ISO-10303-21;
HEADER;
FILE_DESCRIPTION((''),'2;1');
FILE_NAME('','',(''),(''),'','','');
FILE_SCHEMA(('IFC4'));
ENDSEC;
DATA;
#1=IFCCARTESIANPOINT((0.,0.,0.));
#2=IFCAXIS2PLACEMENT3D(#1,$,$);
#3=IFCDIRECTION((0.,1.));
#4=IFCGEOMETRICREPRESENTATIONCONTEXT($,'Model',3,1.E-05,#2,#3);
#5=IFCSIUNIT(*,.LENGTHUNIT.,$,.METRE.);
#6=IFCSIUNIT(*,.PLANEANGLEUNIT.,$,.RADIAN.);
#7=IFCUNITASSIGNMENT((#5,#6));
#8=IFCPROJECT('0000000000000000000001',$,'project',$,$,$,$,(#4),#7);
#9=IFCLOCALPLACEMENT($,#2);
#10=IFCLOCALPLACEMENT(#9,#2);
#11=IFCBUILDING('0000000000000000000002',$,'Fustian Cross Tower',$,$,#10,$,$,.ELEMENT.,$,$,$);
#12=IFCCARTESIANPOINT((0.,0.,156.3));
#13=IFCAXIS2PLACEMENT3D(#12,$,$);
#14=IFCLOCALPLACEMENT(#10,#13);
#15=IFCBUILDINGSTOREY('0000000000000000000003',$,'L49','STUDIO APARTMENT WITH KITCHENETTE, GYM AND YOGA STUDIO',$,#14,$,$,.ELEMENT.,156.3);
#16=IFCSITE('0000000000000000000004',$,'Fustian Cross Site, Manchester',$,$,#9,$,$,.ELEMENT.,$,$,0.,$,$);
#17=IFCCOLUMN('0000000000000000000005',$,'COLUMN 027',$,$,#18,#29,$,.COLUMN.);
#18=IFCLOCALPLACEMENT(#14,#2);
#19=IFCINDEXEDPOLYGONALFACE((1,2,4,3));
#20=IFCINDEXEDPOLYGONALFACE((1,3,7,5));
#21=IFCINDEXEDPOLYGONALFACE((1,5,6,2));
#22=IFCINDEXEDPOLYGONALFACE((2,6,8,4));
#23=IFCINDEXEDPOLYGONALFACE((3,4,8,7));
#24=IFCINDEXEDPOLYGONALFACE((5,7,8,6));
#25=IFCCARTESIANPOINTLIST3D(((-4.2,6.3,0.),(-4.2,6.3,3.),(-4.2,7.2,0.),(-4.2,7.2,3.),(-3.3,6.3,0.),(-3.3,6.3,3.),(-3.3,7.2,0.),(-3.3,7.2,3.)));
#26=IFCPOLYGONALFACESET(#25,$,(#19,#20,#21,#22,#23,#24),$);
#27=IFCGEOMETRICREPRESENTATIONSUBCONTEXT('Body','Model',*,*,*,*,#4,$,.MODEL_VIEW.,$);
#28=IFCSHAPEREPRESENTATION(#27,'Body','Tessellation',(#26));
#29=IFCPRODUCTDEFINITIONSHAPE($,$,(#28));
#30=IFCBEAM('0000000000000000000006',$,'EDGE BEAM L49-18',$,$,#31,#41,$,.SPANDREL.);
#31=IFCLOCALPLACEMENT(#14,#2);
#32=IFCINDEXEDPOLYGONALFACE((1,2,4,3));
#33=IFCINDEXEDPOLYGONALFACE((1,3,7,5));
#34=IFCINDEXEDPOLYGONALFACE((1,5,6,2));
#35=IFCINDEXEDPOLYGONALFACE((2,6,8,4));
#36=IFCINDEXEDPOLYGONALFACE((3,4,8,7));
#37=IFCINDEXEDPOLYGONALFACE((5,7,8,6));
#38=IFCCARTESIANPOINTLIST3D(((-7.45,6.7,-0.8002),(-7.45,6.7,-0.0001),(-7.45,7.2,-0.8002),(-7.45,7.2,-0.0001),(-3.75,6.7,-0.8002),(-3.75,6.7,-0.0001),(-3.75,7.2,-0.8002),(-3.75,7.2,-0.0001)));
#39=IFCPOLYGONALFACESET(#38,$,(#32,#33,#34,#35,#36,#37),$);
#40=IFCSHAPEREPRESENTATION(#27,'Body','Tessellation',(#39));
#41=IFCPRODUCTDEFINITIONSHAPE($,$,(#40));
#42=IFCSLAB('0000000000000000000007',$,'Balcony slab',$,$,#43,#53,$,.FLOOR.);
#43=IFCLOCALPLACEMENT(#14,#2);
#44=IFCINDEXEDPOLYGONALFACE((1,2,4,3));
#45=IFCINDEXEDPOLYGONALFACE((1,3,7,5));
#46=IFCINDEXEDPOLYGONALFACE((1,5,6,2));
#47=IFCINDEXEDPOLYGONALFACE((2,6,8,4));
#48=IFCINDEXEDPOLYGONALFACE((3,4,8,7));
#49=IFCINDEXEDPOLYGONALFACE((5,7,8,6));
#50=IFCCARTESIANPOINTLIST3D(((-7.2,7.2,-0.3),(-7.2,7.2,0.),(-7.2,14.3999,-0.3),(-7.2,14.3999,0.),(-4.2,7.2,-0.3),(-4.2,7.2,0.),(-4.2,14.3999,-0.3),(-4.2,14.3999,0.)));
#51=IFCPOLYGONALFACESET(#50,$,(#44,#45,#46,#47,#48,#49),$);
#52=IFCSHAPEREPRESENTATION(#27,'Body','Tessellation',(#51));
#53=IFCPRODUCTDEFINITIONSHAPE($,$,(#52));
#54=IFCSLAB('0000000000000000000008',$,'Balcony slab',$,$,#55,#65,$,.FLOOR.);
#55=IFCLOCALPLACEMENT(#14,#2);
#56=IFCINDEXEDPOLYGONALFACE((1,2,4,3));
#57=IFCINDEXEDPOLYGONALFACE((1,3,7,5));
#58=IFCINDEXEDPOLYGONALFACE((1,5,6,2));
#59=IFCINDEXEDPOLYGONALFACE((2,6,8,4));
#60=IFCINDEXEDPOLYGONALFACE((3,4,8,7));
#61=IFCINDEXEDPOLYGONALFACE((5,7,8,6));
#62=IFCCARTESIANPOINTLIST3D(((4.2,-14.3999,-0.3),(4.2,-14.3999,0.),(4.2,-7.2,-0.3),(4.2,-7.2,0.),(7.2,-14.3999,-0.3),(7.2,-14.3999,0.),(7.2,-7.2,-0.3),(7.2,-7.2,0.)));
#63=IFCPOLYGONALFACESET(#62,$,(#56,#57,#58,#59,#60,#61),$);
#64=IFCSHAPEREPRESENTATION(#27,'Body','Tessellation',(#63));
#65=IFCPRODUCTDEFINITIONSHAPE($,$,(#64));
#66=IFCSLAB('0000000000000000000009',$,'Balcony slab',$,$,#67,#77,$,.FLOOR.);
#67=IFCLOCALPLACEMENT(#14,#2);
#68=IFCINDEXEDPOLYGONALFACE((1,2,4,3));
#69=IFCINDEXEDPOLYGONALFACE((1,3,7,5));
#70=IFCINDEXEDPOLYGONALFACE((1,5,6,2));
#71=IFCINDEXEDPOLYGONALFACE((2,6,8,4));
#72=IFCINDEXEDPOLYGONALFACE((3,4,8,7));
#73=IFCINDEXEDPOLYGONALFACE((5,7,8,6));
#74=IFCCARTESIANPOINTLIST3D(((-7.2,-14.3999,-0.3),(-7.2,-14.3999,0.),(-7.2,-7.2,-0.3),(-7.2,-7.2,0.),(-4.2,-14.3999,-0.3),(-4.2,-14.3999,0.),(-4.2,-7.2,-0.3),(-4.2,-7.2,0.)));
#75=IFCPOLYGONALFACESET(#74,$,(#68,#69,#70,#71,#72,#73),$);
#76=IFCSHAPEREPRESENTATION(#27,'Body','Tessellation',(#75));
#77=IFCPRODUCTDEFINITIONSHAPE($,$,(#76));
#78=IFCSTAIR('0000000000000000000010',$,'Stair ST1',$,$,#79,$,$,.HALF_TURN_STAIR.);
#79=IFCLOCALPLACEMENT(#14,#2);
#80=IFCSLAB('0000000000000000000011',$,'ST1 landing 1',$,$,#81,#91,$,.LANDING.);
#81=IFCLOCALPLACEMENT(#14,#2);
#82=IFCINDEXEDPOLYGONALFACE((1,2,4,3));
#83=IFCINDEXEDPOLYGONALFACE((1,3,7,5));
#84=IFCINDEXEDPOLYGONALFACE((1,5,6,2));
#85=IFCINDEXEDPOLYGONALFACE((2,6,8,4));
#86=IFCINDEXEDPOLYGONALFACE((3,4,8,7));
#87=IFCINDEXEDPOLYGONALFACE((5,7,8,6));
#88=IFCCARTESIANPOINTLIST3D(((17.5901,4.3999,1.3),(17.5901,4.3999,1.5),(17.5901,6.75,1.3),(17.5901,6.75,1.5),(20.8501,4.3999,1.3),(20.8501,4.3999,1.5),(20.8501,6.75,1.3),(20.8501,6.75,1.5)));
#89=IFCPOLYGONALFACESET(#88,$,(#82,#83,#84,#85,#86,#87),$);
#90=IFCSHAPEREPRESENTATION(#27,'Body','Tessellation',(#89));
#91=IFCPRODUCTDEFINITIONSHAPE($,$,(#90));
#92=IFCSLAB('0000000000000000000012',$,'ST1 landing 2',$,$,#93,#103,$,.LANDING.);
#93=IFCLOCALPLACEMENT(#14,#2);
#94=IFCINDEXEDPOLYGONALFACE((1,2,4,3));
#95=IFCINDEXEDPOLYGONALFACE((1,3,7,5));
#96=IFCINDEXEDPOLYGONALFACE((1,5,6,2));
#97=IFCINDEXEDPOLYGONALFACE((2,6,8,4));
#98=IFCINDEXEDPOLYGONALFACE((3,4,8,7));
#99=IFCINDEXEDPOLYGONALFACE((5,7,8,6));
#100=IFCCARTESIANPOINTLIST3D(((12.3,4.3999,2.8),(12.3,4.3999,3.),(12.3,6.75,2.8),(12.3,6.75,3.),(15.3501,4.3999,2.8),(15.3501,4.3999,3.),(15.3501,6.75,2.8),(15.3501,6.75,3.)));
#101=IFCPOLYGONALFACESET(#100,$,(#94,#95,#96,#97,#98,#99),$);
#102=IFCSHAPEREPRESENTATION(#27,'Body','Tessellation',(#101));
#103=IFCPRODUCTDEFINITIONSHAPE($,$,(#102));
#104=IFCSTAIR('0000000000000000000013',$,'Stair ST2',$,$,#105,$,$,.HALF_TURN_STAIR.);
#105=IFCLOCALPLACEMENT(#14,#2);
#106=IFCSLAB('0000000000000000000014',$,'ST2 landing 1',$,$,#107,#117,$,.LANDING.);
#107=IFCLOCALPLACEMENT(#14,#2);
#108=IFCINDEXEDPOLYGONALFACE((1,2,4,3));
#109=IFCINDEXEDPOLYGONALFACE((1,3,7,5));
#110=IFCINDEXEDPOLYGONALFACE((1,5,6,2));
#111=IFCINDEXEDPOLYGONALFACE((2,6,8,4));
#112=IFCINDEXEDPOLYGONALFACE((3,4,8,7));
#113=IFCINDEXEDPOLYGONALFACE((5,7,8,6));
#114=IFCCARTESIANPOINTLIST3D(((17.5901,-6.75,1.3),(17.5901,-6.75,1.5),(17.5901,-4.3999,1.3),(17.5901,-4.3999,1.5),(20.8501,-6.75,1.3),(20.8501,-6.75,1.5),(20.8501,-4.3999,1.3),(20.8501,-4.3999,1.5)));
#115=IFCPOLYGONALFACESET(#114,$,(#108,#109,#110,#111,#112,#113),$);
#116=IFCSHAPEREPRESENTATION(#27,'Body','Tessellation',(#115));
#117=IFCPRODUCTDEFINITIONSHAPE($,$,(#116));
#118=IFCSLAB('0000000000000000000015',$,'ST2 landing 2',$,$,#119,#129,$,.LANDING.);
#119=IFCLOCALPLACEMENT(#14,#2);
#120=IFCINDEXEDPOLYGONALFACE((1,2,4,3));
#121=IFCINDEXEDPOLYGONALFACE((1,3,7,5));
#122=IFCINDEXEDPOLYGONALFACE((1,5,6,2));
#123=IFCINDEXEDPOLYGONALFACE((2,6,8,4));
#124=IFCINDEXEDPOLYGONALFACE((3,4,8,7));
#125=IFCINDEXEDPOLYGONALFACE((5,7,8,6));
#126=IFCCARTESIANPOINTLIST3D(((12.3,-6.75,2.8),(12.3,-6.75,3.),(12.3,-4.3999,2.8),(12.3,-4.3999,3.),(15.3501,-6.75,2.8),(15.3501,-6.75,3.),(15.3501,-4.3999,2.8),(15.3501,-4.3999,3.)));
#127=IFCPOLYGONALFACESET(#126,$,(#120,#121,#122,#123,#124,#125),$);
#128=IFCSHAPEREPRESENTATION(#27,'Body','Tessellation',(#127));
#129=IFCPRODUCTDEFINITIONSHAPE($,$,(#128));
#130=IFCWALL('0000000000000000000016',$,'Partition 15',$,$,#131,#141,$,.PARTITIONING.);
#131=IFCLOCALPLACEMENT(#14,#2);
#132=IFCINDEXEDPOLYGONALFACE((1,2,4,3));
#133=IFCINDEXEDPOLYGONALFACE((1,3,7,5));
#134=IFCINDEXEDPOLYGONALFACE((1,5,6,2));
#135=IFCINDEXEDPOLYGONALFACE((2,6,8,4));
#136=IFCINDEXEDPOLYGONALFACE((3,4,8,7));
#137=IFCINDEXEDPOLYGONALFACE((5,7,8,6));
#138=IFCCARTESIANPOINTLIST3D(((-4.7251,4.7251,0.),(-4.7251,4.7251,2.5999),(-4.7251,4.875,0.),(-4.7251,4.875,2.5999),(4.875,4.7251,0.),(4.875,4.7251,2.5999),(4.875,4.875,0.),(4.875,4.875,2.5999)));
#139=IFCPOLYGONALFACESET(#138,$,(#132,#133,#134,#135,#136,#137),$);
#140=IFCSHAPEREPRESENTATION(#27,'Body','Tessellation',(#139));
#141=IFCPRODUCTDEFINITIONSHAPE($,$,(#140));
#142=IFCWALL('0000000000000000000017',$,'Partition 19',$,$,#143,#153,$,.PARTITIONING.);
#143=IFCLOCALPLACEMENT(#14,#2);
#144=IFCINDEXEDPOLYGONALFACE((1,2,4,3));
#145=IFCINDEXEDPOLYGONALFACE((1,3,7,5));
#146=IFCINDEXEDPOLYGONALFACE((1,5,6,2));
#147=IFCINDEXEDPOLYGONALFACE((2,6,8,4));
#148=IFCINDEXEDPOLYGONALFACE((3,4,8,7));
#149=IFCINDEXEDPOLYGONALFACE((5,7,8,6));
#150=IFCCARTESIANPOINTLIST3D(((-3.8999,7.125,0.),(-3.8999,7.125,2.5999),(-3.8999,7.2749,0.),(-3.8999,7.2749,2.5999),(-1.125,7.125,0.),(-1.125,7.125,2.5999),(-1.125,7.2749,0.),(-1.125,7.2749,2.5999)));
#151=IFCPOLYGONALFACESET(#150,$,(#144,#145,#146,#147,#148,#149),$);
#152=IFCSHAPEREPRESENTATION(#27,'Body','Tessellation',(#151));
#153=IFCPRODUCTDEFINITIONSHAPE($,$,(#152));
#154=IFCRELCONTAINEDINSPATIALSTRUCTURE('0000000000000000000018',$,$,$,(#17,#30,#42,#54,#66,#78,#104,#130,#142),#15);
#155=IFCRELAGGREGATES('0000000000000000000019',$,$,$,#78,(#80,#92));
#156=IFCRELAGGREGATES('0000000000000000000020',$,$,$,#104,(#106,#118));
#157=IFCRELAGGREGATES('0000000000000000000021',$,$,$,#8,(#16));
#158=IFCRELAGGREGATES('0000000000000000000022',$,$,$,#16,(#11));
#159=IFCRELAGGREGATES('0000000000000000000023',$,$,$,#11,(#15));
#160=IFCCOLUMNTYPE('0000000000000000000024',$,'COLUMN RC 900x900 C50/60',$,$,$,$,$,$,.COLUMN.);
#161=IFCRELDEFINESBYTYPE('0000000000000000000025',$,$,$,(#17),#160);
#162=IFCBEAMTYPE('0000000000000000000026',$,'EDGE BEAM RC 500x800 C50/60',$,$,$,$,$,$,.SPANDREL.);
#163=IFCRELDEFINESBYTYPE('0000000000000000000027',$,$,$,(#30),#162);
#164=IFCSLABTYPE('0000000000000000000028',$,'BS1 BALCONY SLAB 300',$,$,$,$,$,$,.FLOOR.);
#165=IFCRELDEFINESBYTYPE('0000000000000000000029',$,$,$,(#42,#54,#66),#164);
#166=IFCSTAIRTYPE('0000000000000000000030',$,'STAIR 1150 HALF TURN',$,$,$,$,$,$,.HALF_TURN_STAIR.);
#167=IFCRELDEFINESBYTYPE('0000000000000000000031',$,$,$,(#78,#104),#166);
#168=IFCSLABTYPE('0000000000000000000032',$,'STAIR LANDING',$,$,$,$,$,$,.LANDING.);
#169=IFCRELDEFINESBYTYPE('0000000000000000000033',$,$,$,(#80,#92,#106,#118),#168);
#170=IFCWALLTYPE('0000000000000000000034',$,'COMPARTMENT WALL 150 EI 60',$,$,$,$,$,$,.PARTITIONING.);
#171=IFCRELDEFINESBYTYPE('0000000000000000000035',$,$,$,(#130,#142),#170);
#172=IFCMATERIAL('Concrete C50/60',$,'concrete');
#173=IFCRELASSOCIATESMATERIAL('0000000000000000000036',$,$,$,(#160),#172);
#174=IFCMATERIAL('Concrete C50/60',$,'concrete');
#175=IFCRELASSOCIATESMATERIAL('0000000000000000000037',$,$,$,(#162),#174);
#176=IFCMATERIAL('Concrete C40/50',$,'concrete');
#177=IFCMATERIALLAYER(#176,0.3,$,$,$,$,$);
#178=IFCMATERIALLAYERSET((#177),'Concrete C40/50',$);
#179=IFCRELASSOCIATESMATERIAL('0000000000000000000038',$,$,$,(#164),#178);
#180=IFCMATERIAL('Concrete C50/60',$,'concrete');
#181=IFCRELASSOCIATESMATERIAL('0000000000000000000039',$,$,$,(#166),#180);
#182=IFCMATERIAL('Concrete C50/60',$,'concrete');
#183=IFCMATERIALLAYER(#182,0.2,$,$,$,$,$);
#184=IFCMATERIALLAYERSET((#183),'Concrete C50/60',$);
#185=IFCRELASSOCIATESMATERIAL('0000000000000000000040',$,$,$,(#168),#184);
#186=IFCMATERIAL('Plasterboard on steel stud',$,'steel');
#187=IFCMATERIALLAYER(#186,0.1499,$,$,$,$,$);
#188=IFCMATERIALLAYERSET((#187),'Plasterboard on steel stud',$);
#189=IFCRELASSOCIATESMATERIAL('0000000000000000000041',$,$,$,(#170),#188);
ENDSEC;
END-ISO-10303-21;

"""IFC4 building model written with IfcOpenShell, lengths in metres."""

from ifc_helpers import new_model, si_unit, direction, frame, frame_2d, origin, origin_2d, place, context, subcontext, project, spatial, polyline, rectangle, outline, extrude, material, layer, layer_set, material_profile, profile_set, type_object, element, aggregate, save


model = new_model("IFC4")

# Units and contexts
model_context = context("Model", 3, precision=1e-05, world=origin(), true_north=direction((0.0, 1.0)))
body_context = subcontext(model_context, "Body", "Model", "MODEL_VIEW")
ifc_project = project(units=[si_unit("LENGTHUNIT", "METRE"), si_unit("PLANEANGLEUNIT", "RADIAN")], contexts=[model_context])

# Site, building, storey
site_placement = place(None, origin())
site = spatial("IfcSite", under=ifc_project, at=site_placement, Name="Fustian Cross Site, Manchester", CompositionType="ELEMENT", RefElevation=0.0)
building_placement = place(site_placement, origin())
building = spatial("IfcBuilding", under=site, at=building_placement, Name="Fustian Cross Tower", CompositionType="ELEMENT")
storey_placement = place(building_placement, frame((0.0, 0.0, 156.3)))
storey = spatial("IfcBuildingStorey", under=building, at=storey_placement, Name="L49", Description="STUDIO APARTMENT WITH KITCHENETTE, GYM AND YOGA STUDIO", CompositionType="ELEMENT", Elevation=156.3)

# Column
ifc_material_1 = material(Name="Concrete C50/60", Category="concrete")
ifc_material_profile_1 = material_profile(ifc_material_1, rectangle(XDim=0.8999, YDim=0.8999, at=origin_2d()), Name="RC 900x900")
ifc_profile_set_1 = profile_set([ifc_material_profile_1], Name="Concrete C50/60")
column_type = type_object("IfcColumnType", Name="COLUMN RC 900x900 C50/60", PredefinedType="COLUMN", material=ifc_profile_set_1)
column_placement = place(storey_placement, frame((-3.75, 6.75, 0.0), z_axis=(0.0, 0.0, 1.0), x_axis=(1.0, 0.0, 0.0)))
element("IfcColumn", 1, at=column_placement, inside=storey, type_object=column_type, Name="COLUMN 027", PredefinedType="COLUMN", context=body_context, shape_type="SweptSolid", body=[
    extrude(rectangle(XDim=0.8999, YDim=0.8999, at=origin_2d()), origin(), (0.0, 0.0, 1.0), 3.0),
])

# Beam
ifc_material_2 = material(Name="Concrete C50/60", Category="concrete")
ifc_material_profile_2 = material_profile(ifc_material_2, rectangle(XDim=0.5, YDim=0.8, at=origin_2d()), Name="RC 500x800")
ifc_profile_set_2 = profile_set([ifc_material_profile_2], Name="Concrete C50/60")
beam_type = type_object("IfcBeamType", Name="EDGE BEAM RC 500x800 C50/60", PredefinedType="SPANDREL", material=ifc_profile_set_2)
beam_placement = place(storey_placement, frame((-3.75, 6.95, -0.4001), z_axis=(-1.0, 0.0, 0.0), x_axis=(0.0, -1.0, 0.0)))
element("IfcBeam", 2, at=beam_placement, inside=storey, type_object=beam_type, Name="EDGE BEAM L49-18", PredefinedType="SPANDREL", context=body_context, shape_type="SweptSolid", body=[
    extrude(rectangle(XDim=0.5, YDim=0.8, at=origin_2d()), origin(), (0.0, 0.0, 1.0), 3.7),
])

# Slabs
ifc_material_3 = material(Name="Concrete C40/50", Category="concrete")
ifc_layer_1 = layer(ifc_material_3, 0.3)
ifc_layer_set_1 = layer_set([ifc_layer_1], Name="Concrete C40/50")
slab_type_1 = type_object("IfcSlabType", Name="BS1 BALCONY SLAB 300", PredefinedType="FLOOR", material=ifc_layer_set_1)
slab_1_placement = place(storey_placement, frame((0.0, 0.0, -0.3)))
element("IfcSlab", 3, at=slab_1_placement, inside=storey, type_object=slab_type_1, Name="Balcony slab", PredefinedType="FLOOR", context=body_context, shape_type="SweptSolid", body=[
    extrude(outline(polyline([(-7.2, 7.2), (-4.2, 7.2), (-4.2, 14.3999), (-7.2, 14.3999), (-7.2, 7.2)])), origin(), (0.0, 0.0, 1.0), 0.3),
])
slab_2_placement = place(storey_placement, frame((0.0, 0.0, -0.3)))
element("IfcSlab", 4, at=slab_2_placement, inside=storey, type_object=slab_type_1, Name="Balcony slab", PredefinedType="FLOOR", context=body_context, shape_type="SweptSolid", body=[
    extrude(outline(polyline([(4.2, -14.3999), (7.2, -14.3999), (7.2, -7.2), (4.2, -7.2), (4.2, -14.3999)])), origin(), (0.0, 0.0, 1.0), 0.3),
])
slab_3_placement = place(storey_placement, frame((0.0, 0.0, -0.3)))
element("IfcSlab", 5, at=slab_3_placement, inside=storey, type_object=slab_type_1, Name="Balcony slab", PredefinedType="FLOOR", context=body_context, shape_type="SweptSolid", body=[
    extrude(outline(polyline([(-7.2, -14.3999), (-4.2, -14.3999), (-4.2, -7.2), (-7.2, -7.2), (-7.2, -14.3999)])), origin(), (0.0, 0.0, 1.0), 0.3),
])

# Stairs, slabs
ifc_material_4 = material(Name="Concrete C50/60", Category="concrete")
stair_type = type_object("IfcStairType", Name="STAIR 1150 HALF TURN", PredefinedType="HALF_TURN_STAIR", material=ifc_material_4)
stair_1_placement = place(storey_placement, origin())
stair_1 = element("IfcStair", 6, at=stair_1_placement, inside=storey, type_object=stair_type, Name="Stair ST1", PredefinedType="HALF_TURN_STAIR")
ifc_material_5 = material(Name="Concrete C50/60", Category="concrete")
ifc_layer_2 = layer(ifc_material_5, 0.2)
ifc_layer_set_2 = layer_set([ifc_layer_2], Name="Concrete C50/60")
slab_type_2 = type_object("IfcSlabType", Name="STAIR LANDING", PredefinedType="LANDING", material=ifc_layer_set_2)
slab_4_placement = place(storey_placement, frame((0.0, 0.0, 1.3)))
slab_4 = element("IfcSlab", 7, at=slab_4_placement, type_object=slab_type_2, Name="ST1 landing 1", PredefinedType="LANDING", context=body_context, shape_type="SweptSolid", body=[
    extrude(outline(polyline([(17.5901, 4.3999), (20.8501, 4.3999), (20.8501, 6.75), (17.5901, 6.75), (17.5901, 4.3999)])), origin(), (0.0, 0.0, 1.0), 0.2),
])
slab_5_placement = place(storey_placement, frame((0.0, 0.0, 2.8)))
slab_5 = element("IfcSlab", 8, at=slab_5_placement, type_object=slab_type_2, Name="ST1 landing 2", PredefinedType="LANDING", context=body_context, shape_type="SweptSolid", body=[
    extrude(outline(polyline([(12.3, 4.3999), (15.3501, 4.3999), (15.3501, 6.75), (12.3, 6.75), (12.3, 4.3999)])), origin(), (0.0, 0.0, 1.0), 0.2),
])
aggregate(stair_1, [slab_4, slab_5])
stair_2_placement = place(storey_placement, origin())
stair_2 = element("IfcStair", 9, at=stair_2_placement, inside=storey, type_object=stair_type, Name="Stair ST2", PredefinedType="HALF_TURN_STAIR")
slab_6_placement = place(storey_placement, frame((0.0, 0.0, 1.3)))
slab_6 = element("IfcSlab", 10, at=slab_6_placement, type_object=slab_type_2, Name="ST2 landing 1", PredefinedType="LANDING", context=body_context, shape_type="SweptSolid", body=[
    extrude(outline(polyline([(17.5901, -4.3999), (20.8501, -4.3999), (20.8501, -6.75), (17.5901, -6.75), (17.5901, -4.3999)])), origin(), (0.0, 0.0, 1.0), 0.2),
])
slab_7_placement = place(storey_placement, frame((0.0, 0.0, 2.8)))
slab_7 = element("IfcSlab", 11, at=slab_7_placement, type_object=slab_type_2, Name="ST2 landing 2", PredefinedType="LANDING", context=body_context, shape_type="SweptSolid", body=[
    extrude(outline(polyline([(12.3, -4.3999), (15.3501, -4.3999), (15.3501, -6.75), (12.3, -6.75), (12.3, -4.3999)])), origin(), (0.0, 0.0, 1.0), 0.2),
])
aggregate(stair_2, [slab_6, slab_7])

# Walls
ifc_material_6 = material(Name="Plasterboard on steel stud", Category="steel")
ifc_layer_3 = layer(ifc_material_6, 0.1499)
ifc_layer_set_3 = layer_set([ifc_layer_3], Name="Plasterboard on steel stud")
wall_type_1 = type_object("IfcWallType", Name="COMPARTMENT WALL 150 EI 60", PredefinedType="PARTITIONING", material=ifc_layer_set_3)
wall_1_placement = place(storey_placement, frame((-4.7251, 4.8, 0.0), z_axis=(0.0, 0.0, 1.0), x_axis=(1.0, 0.0, 0.0)))
element("IfcWall", 12, at=wall_1_placement, inside=storey, type_object=wall_type_1, Name="Partition 15", PredefinedType="PARTITIONING", context=body_context, shape_type="SweptSolid", body=[
    extrude(rectangle(XDim=9.6001, YDim=0.1499, at=frame_2d((4.8, 0.0))), origin(), (0.0, 0.0, 1.0), 2.5999),
])
wall_2_placement = place(storey_placement, frame((-3.8999, 7.2, 0.0), z_axis=(0.0, 0.0, 1.0), x_axis=(1.0, 0.0, 0.0)))
element("IfcWall", 13, at=wall_2_placement, inside=storey, type_object=wall_type_1, Name="Partition 19", PredefinedType="PARTITIONING", context=body_context, shape_type="SweptSolid", body=[
    extrude(rectangle(XDim=2.7749, YDim=0.1499, at=frame_2d((1.3875, 0.0))), origin(), (0.0, 0.0, 1.0), 2.5999),
])

save(model, "model.ifc")
